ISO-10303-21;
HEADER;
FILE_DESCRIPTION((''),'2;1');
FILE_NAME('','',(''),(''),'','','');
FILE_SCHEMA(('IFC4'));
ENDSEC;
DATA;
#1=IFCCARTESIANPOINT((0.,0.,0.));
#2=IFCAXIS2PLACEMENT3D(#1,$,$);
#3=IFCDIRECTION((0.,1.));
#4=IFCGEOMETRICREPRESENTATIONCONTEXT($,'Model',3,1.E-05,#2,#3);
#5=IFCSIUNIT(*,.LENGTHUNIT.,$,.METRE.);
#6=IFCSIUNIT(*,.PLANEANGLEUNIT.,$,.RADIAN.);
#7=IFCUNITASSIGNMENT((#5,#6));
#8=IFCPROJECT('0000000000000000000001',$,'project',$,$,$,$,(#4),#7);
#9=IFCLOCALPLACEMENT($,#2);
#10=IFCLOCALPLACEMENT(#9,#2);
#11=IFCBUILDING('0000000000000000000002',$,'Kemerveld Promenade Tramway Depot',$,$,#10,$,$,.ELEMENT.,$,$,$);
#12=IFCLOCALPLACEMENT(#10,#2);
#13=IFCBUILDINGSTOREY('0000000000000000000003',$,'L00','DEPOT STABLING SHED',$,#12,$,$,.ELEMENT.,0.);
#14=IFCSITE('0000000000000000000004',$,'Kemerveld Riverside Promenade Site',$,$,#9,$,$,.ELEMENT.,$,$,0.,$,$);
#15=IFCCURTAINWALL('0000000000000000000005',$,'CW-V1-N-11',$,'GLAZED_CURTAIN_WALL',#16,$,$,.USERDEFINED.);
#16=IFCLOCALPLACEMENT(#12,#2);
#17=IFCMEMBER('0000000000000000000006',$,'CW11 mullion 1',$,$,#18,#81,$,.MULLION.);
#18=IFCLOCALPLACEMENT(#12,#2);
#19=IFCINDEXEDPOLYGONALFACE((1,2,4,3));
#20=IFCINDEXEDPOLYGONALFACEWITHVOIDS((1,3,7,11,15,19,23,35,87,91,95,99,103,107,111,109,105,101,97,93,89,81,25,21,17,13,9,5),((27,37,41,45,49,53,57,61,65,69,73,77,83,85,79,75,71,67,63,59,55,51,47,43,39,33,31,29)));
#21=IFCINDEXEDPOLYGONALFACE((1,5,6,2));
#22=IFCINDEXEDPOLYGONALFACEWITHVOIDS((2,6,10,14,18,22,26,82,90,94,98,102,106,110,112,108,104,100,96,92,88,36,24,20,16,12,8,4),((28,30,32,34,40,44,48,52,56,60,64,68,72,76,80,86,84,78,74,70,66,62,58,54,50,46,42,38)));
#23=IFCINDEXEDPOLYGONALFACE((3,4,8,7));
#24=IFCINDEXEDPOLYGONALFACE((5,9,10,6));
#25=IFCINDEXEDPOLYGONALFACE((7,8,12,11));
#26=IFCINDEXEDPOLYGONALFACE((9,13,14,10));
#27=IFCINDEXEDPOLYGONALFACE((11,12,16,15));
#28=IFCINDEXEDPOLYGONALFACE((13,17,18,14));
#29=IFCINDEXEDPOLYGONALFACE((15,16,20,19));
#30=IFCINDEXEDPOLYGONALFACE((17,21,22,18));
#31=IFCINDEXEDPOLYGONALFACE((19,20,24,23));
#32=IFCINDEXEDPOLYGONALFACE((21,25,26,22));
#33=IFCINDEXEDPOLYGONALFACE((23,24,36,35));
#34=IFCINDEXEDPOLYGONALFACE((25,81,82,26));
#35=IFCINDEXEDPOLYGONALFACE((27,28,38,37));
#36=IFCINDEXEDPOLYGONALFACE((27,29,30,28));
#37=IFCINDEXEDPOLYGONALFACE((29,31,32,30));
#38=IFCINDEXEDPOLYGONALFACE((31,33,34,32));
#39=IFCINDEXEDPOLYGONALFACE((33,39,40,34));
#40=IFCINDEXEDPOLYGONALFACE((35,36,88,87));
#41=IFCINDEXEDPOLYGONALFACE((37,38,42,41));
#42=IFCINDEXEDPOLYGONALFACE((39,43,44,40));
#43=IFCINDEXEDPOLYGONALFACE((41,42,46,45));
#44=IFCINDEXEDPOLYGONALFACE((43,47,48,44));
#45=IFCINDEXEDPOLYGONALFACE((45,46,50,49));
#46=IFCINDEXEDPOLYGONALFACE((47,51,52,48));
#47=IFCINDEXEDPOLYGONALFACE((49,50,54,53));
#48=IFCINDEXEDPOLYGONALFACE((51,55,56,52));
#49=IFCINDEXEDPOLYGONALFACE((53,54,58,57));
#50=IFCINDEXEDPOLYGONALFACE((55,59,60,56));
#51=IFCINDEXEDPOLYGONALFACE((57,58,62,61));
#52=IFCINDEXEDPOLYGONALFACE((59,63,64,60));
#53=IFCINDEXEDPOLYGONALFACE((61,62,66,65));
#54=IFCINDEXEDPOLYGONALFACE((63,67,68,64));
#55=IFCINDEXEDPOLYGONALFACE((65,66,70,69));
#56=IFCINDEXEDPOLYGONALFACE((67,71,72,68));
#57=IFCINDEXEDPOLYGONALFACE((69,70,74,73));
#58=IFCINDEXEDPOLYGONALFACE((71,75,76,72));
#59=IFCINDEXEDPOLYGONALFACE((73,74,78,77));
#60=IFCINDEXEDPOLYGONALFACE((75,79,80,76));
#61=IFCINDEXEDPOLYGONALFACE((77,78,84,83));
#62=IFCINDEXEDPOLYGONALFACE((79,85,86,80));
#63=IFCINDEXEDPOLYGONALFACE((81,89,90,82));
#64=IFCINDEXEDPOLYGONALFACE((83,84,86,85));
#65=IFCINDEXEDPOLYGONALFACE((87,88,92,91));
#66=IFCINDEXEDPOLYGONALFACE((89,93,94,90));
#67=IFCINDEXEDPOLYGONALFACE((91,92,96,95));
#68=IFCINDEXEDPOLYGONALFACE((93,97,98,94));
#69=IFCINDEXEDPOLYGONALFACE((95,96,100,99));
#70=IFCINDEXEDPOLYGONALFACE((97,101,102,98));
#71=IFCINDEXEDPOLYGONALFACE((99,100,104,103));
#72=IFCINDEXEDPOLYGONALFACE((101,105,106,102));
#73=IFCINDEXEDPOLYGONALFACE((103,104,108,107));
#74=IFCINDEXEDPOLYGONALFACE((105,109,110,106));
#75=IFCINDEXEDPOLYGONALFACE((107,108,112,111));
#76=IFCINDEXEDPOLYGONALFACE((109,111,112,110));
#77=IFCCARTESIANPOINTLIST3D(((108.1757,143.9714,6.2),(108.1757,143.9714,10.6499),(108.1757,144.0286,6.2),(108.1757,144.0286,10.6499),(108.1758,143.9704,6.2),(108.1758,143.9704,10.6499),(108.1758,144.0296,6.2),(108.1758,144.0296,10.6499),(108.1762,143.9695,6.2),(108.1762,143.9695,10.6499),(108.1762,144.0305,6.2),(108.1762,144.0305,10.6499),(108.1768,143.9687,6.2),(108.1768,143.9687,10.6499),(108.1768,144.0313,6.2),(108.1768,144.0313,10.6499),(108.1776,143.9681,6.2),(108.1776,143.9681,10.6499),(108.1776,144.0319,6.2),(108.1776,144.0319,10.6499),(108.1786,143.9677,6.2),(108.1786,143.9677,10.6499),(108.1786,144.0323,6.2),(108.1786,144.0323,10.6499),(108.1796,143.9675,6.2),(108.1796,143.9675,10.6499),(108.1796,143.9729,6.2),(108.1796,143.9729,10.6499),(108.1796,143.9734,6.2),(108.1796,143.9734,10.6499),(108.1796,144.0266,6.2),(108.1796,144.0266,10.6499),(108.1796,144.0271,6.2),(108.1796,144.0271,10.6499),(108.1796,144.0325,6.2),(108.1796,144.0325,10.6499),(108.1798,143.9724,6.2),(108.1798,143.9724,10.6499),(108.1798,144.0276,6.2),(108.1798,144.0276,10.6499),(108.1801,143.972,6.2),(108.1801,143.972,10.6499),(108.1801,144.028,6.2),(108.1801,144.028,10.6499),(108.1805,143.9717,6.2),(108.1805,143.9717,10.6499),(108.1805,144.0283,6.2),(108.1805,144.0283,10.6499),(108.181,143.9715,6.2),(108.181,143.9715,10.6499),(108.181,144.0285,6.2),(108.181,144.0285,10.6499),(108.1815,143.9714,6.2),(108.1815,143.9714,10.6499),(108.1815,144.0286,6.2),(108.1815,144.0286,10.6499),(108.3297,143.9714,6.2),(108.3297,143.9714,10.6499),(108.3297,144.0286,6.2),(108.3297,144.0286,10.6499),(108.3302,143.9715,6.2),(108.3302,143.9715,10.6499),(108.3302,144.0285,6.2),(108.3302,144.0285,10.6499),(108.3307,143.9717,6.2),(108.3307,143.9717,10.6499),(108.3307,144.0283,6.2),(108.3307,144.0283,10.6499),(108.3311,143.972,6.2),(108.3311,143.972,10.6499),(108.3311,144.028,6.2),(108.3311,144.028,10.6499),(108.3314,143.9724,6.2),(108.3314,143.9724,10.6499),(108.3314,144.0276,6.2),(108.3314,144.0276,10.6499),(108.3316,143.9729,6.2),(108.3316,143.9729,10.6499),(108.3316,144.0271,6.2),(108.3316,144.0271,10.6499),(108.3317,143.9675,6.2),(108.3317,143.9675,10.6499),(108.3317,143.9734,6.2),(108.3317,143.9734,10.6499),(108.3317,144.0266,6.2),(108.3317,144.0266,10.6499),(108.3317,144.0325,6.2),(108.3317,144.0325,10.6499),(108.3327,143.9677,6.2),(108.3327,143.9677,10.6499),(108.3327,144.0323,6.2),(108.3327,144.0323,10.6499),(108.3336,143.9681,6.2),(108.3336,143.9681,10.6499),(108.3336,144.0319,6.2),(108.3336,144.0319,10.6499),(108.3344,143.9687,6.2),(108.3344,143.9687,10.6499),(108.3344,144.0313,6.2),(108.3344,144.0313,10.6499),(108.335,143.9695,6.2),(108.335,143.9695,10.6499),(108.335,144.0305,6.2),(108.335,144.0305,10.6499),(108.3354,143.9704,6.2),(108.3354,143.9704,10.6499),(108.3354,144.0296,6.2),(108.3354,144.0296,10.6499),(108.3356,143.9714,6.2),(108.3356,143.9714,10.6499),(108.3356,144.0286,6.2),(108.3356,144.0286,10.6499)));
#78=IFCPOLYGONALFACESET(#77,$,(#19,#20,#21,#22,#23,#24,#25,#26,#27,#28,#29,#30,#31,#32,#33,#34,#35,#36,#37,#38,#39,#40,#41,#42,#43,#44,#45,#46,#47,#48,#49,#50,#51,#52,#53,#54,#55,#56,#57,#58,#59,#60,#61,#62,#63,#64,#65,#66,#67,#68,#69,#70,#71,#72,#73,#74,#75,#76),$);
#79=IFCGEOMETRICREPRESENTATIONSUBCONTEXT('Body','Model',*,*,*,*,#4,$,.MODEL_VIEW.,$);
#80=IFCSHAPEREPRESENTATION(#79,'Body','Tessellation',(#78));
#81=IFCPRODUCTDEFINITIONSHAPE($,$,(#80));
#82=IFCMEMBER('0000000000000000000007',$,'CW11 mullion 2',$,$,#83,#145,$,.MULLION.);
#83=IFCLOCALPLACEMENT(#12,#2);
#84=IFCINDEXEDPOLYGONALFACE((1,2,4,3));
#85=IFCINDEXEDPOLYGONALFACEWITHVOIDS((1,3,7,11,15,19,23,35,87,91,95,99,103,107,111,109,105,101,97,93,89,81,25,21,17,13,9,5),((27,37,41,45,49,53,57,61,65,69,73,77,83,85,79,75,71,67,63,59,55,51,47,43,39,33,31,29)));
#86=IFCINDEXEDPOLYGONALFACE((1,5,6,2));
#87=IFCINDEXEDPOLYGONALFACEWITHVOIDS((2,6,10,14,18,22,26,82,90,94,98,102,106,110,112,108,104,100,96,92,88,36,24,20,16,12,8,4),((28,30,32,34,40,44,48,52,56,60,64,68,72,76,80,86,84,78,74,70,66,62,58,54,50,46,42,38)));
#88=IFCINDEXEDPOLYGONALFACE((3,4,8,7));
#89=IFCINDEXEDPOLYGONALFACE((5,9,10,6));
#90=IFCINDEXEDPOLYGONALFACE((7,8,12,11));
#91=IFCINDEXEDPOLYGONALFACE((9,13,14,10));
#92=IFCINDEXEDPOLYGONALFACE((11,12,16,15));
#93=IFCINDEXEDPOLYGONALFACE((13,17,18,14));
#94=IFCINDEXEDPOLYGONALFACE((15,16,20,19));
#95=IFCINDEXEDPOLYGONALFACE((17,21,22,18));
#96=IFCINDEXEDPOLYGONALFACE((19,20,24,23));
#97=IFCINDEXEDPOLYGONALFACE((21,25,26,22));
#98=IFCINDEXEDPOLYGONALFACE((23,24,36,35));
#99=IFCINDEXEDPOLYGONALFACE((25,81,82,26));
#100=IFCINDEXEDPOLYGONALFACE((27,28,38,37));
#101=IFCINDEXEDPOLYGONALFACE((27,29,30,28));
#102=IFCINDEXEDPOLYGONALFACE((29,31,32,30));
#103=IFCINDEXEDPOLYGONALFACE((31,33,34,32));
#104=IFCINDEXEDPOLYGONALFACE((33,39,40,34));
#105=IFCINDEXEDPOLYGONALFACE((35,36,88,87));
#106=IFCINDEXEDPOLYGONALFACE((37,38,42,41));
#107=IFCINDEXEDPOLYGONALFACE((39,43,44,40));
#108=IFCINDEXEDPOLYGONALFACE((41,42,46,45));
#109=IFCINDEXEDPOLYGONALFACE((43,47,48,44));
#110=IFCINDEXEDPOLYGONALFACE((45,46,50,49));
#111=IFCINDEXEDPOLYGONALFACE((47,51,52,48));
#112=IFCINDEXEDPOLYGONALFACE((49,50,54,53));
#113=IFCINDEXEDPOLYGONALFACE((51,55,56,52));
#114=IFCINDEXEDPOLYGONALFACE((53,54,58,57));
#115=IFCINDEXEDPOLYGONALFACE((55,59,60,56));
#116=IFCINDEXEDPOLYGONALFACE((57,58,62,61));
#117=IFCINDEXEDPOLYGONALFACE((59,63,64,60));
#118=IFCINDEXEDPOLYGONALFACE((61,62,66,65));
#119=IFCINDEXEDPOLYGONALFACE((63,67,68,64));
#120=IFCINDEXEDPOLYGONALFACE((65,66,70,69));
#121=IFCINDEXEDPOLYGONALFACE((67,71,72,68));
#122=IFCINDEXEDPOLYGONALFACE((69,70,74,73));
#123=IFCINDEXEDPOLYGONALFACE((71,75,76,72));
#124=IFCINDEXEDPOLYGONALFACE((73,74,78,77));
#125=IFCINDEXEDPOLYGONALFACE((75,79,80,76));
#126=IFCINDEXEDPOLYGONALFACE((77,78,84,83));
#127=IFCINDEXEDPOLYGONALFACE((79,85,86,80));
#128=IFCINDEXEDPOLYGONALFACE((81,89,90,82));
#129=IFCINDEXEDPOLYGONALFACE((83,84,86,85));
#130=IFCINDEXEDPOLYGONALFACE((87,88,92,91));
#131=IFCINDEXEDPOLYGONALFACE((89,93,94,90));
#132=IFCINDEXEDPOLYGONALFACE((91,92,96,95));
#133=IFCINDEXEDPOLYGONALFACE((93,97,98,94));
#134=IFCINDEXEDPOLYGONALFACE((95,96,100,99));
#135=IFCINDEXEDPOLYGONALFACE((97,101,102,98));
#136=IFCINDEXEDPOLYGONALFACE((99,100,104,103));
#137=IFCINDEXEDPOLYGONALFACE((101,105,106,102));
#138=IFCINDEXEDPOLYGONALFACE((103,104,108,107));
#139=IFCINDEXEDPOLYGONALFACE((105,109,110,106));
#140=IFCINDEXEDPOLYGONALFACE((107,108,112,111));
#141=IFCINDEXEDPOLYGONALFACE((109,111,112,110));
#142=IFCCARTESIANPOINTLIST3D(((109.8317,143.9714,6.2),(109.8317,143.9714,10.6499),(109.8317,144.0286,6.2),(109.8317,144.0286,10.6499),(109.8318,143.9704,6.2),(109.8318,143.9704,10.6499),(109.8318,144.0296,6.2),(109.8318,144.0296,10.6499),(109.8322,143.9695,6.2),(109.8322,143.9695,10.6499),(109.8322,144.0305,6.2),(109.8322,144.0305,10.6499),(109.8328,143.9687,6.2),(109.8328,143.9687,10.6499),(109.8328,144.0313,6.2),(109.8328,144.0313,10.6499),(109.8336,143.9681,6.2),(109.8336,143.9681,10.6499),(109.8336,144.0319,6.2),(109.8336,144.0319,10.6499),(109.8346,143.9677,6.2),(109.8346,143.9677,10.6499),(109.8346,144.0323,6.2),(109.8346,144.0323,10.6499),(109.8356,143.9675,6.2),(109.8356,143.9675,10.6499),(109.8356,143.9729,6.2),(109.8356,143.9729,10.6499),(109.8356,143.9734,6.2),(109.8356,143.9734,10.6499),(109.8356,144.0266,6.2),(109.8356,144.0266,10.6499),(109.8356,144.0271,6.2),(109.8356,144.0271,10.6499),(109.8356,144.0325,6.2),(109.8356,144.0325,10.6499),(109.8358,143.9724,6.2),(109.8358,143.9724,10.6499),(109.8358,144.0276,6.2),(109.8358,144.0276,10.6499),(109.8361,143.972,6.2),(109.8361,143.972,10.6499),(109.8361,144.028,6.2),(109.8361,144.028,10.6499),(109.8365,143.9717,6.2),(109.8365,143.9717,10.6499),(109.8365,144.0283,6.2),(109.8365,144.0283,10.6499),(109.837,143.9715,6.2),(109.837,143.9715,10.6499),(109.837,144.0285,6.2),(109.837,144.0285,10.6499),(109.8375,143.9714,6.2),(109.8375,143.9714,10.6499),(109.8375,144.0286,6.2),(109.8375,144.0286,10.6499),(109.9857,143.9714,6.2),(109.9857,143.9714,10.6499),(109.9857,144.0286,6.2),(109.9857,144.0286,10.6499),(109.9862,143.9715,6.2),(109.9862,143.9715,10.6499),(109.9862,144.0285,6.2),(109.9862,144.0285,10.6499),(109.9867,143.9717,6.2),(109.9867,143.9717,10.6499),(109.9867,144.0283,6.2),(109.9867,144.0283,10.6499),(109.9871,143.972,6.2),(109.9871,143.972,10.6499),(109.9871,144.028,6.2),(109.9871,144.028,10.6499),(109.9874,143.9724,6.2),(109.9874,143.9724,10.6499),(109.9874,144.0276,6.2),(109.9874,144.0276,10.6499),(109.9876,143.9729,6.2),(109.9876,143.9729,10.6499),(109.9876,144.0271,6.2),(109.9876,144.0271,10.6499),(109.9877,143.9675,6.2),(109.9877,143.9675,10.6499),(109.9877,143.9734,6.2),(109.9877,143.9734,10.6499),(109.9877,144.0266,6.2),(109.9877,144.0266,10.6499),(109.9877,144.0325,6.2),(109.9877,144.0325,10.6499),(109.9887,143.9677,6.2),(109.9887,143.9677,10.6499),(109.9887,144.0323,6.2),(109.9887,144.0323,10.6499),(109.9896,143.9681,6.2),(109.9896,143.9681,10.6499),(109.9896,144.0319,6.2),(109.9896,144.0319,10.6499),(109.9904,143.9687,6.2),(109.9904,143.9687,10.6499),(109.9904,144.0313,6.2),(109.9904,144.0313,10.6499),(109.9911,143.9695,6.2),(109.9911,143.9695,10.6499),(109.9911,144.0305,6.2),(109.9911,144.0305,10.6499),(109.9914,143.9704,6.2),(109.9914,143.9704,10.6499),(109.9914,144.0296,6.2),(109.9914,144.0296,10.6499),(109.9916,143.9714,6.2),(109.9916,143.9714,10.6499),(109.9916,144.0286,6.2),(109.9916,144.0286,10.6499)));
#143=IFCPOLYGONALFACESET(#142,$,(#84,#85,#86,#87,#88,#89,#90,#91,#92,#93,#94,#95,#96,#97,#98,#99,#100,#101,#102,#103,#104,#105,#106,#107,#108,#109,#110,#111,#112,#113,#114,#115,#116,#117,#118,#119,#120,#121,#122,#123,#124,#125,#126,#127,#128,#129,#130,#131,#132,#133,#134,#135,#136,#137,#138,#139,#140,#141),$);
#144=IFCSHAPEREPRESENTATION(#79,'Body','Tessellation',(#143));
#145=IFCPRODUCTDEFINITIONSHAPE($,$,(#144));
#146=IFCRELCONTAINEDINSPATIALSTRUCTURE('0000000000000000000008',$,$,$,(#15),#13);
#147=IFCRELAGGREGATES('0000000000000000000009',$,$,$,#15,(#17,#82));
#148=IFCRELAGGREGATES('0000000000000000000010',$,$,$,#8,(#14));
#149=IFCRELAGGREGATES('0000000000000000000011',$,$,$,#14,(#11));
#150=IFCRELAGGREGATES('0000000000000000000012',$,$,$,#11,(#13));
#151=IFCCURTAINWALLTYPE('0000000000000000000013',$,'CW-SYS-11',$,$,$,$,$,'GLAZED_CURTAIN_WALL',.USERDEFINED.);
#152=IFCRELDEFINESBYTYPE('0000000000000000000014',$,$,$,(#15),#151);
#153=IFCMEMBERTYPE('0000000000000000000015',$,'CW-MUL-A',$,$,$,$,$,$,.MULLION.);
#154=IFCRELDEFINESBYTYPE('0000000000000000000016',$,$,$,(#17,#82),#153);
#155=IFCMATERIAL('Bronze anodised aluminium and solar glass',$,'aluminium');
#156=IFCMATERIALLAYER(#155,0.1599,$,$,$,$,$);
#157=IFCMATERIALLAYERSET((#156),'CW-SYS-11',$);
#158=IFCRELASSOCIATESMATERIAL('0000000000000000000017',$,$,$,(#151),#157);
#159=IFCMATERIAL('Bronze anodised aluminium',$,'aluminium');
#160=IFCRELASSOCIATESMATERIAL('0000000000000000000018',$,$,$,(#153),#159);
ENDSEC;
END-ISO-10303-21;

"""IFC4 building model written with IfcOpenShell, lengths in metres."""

from ifc_helpers import new_model, si_unit, direction, frame, origin, origin_2d, place, context, subcontext, project, spatial, hollow_rectangle, extrude, material, layer, layer_set, material_profile, profile_set, type_object, element, aggregate, save


model = new_model("IFC4")

# Units and contexts
model_context = context("Model", 3, precision=1e-05, world=origin(), true_north=direction((0.0, 1.0)))
body_context = subcontext(model_context, "Body", "Model", "MODEL_VIEW")
ifc_project = project(units=[si_unit("LENGTHUNIT", "METRE"), si_unit("PLANEANGLEUNIT", "RADIAN")], contexts=[model_context])

# Site, building, storey
site_placement = place(None, origin())
site = spatial("IfcSite", under=ifc_project, at=site_placement, Name="Kemerveld Riverside Promenade Site", CompositionType="ELEMENT", RefElevation=0.0)
building_placement = place(site_placement, origin())
building = spatial("IfcBuilding", under=site, at=building_placement, Name="Kemerveld Promenade Tramway Depot", CompositionType="ELEMENT")
storey_placement = place(building_placement, origin())
storey = spatial("IfcBuildingStorey", under=building, at=storey_placement, Name="L00", Description="DEPOT STABLING SHED", CompositionType="ELEMENT", Elevation=0.0)

# Curtain wall, members
ifc_material_1 = material(Name="Bronze anodised aluminium and solar glass", Category="aluminium")
ifc_layer_1 = layer(ifc_material_1, 0.1599)
ifc_layer_set_1 = layer_set([ifc_layer_1], Name="CW-SYS-11")
curtain_wall_type_1 = type_object("IfcCurtainWallType", Name="CW-SYS-11", ElementType="GLAZED_CURTAIN_WALL", PredefinedType="USERDEFINED", material=ifc_layer_set_1)
curtain_wall_1_placement = place(storey_placement, origin())
curtain_wall_1 = element("IfcCurtainWall", 1, at=curtain_wall_1_placement, inside=storey, type_object=curtain_wall_type_1, Name="CW-V1-N-11", ObjectType="GLAZED_CURTAIN_WALL", PredefinedType="USERDEFINED")
ifc_material_2 = material(Name="Bronze anodised aluminium", Category="aluminium")
ifc_material_profile_1 = material_profile(ifc_material_2, hollow_rectangle(XDim=0.0649, YDim=0.1599, WallThickness=0.0039, InnerFilletRadius=0.002, OuterFilletRadius=0.0039, at=origin_2d()), Name="CW-MUL-160x65")
ifc_profile_set_1 = profile_set([ifc_material_profile_1], Name="Bronze anodised aluminium")
member_type_1 = type_object("IfcMemberType", Name="CW-MUL-A", PredefinedType="MULLION", material=ifc_profile_set_1)
member_1_placement = place(storey_placement, frame((108.2556, 144.0, 6.2), z_axis=(0.0, 0.0, 1.0), x_axis=(0.0, 1.0, 0.0)))
member_1 = element("IfcMember", 2, at=member_1_placement, type_object=member_type_1, Name="CW11 mullion 1", PredefinedType="MULLION", context=body_context, shape_type="SweptSolid", body=[
    extrude(hollow_rectangle(XDim=0.0649, YDim=0.1599, WallThickness=0.0039, InnerFilletRadius=0.002, OuterFilletRadius=0.0039, at=origin_2d()), origin(), (0.0, 0.0, 1.0), 4.45),
])
member_2_placement = place(storey_placement, frame((109.9116, 144.0, 6.2), z_axis=(0.0, 0.0, 1.0), x_axis=(0.0, 1.0, 0.0)))
member_2 = element("IfcMember", 3, at=member_2_placement, type_object=member_type_1, Name="CW11 mullion 2", PredefinedType="MULLION", context=body_context, shape_type="SweptSolid", body=[
    extrude(hollow_rectangle(XDim=0.0649, YDim=0.1599, WallThickness=0.0039, InnerFilletRadius=0.002, OuterFilletRadius=0.0039, at=origin_2d()), origin(), (0.0, 0.0, 1.0), 4.45),
])

aggregate(curtain_wall_1, [member_1, member_2])

save(model, "model.ifc")
